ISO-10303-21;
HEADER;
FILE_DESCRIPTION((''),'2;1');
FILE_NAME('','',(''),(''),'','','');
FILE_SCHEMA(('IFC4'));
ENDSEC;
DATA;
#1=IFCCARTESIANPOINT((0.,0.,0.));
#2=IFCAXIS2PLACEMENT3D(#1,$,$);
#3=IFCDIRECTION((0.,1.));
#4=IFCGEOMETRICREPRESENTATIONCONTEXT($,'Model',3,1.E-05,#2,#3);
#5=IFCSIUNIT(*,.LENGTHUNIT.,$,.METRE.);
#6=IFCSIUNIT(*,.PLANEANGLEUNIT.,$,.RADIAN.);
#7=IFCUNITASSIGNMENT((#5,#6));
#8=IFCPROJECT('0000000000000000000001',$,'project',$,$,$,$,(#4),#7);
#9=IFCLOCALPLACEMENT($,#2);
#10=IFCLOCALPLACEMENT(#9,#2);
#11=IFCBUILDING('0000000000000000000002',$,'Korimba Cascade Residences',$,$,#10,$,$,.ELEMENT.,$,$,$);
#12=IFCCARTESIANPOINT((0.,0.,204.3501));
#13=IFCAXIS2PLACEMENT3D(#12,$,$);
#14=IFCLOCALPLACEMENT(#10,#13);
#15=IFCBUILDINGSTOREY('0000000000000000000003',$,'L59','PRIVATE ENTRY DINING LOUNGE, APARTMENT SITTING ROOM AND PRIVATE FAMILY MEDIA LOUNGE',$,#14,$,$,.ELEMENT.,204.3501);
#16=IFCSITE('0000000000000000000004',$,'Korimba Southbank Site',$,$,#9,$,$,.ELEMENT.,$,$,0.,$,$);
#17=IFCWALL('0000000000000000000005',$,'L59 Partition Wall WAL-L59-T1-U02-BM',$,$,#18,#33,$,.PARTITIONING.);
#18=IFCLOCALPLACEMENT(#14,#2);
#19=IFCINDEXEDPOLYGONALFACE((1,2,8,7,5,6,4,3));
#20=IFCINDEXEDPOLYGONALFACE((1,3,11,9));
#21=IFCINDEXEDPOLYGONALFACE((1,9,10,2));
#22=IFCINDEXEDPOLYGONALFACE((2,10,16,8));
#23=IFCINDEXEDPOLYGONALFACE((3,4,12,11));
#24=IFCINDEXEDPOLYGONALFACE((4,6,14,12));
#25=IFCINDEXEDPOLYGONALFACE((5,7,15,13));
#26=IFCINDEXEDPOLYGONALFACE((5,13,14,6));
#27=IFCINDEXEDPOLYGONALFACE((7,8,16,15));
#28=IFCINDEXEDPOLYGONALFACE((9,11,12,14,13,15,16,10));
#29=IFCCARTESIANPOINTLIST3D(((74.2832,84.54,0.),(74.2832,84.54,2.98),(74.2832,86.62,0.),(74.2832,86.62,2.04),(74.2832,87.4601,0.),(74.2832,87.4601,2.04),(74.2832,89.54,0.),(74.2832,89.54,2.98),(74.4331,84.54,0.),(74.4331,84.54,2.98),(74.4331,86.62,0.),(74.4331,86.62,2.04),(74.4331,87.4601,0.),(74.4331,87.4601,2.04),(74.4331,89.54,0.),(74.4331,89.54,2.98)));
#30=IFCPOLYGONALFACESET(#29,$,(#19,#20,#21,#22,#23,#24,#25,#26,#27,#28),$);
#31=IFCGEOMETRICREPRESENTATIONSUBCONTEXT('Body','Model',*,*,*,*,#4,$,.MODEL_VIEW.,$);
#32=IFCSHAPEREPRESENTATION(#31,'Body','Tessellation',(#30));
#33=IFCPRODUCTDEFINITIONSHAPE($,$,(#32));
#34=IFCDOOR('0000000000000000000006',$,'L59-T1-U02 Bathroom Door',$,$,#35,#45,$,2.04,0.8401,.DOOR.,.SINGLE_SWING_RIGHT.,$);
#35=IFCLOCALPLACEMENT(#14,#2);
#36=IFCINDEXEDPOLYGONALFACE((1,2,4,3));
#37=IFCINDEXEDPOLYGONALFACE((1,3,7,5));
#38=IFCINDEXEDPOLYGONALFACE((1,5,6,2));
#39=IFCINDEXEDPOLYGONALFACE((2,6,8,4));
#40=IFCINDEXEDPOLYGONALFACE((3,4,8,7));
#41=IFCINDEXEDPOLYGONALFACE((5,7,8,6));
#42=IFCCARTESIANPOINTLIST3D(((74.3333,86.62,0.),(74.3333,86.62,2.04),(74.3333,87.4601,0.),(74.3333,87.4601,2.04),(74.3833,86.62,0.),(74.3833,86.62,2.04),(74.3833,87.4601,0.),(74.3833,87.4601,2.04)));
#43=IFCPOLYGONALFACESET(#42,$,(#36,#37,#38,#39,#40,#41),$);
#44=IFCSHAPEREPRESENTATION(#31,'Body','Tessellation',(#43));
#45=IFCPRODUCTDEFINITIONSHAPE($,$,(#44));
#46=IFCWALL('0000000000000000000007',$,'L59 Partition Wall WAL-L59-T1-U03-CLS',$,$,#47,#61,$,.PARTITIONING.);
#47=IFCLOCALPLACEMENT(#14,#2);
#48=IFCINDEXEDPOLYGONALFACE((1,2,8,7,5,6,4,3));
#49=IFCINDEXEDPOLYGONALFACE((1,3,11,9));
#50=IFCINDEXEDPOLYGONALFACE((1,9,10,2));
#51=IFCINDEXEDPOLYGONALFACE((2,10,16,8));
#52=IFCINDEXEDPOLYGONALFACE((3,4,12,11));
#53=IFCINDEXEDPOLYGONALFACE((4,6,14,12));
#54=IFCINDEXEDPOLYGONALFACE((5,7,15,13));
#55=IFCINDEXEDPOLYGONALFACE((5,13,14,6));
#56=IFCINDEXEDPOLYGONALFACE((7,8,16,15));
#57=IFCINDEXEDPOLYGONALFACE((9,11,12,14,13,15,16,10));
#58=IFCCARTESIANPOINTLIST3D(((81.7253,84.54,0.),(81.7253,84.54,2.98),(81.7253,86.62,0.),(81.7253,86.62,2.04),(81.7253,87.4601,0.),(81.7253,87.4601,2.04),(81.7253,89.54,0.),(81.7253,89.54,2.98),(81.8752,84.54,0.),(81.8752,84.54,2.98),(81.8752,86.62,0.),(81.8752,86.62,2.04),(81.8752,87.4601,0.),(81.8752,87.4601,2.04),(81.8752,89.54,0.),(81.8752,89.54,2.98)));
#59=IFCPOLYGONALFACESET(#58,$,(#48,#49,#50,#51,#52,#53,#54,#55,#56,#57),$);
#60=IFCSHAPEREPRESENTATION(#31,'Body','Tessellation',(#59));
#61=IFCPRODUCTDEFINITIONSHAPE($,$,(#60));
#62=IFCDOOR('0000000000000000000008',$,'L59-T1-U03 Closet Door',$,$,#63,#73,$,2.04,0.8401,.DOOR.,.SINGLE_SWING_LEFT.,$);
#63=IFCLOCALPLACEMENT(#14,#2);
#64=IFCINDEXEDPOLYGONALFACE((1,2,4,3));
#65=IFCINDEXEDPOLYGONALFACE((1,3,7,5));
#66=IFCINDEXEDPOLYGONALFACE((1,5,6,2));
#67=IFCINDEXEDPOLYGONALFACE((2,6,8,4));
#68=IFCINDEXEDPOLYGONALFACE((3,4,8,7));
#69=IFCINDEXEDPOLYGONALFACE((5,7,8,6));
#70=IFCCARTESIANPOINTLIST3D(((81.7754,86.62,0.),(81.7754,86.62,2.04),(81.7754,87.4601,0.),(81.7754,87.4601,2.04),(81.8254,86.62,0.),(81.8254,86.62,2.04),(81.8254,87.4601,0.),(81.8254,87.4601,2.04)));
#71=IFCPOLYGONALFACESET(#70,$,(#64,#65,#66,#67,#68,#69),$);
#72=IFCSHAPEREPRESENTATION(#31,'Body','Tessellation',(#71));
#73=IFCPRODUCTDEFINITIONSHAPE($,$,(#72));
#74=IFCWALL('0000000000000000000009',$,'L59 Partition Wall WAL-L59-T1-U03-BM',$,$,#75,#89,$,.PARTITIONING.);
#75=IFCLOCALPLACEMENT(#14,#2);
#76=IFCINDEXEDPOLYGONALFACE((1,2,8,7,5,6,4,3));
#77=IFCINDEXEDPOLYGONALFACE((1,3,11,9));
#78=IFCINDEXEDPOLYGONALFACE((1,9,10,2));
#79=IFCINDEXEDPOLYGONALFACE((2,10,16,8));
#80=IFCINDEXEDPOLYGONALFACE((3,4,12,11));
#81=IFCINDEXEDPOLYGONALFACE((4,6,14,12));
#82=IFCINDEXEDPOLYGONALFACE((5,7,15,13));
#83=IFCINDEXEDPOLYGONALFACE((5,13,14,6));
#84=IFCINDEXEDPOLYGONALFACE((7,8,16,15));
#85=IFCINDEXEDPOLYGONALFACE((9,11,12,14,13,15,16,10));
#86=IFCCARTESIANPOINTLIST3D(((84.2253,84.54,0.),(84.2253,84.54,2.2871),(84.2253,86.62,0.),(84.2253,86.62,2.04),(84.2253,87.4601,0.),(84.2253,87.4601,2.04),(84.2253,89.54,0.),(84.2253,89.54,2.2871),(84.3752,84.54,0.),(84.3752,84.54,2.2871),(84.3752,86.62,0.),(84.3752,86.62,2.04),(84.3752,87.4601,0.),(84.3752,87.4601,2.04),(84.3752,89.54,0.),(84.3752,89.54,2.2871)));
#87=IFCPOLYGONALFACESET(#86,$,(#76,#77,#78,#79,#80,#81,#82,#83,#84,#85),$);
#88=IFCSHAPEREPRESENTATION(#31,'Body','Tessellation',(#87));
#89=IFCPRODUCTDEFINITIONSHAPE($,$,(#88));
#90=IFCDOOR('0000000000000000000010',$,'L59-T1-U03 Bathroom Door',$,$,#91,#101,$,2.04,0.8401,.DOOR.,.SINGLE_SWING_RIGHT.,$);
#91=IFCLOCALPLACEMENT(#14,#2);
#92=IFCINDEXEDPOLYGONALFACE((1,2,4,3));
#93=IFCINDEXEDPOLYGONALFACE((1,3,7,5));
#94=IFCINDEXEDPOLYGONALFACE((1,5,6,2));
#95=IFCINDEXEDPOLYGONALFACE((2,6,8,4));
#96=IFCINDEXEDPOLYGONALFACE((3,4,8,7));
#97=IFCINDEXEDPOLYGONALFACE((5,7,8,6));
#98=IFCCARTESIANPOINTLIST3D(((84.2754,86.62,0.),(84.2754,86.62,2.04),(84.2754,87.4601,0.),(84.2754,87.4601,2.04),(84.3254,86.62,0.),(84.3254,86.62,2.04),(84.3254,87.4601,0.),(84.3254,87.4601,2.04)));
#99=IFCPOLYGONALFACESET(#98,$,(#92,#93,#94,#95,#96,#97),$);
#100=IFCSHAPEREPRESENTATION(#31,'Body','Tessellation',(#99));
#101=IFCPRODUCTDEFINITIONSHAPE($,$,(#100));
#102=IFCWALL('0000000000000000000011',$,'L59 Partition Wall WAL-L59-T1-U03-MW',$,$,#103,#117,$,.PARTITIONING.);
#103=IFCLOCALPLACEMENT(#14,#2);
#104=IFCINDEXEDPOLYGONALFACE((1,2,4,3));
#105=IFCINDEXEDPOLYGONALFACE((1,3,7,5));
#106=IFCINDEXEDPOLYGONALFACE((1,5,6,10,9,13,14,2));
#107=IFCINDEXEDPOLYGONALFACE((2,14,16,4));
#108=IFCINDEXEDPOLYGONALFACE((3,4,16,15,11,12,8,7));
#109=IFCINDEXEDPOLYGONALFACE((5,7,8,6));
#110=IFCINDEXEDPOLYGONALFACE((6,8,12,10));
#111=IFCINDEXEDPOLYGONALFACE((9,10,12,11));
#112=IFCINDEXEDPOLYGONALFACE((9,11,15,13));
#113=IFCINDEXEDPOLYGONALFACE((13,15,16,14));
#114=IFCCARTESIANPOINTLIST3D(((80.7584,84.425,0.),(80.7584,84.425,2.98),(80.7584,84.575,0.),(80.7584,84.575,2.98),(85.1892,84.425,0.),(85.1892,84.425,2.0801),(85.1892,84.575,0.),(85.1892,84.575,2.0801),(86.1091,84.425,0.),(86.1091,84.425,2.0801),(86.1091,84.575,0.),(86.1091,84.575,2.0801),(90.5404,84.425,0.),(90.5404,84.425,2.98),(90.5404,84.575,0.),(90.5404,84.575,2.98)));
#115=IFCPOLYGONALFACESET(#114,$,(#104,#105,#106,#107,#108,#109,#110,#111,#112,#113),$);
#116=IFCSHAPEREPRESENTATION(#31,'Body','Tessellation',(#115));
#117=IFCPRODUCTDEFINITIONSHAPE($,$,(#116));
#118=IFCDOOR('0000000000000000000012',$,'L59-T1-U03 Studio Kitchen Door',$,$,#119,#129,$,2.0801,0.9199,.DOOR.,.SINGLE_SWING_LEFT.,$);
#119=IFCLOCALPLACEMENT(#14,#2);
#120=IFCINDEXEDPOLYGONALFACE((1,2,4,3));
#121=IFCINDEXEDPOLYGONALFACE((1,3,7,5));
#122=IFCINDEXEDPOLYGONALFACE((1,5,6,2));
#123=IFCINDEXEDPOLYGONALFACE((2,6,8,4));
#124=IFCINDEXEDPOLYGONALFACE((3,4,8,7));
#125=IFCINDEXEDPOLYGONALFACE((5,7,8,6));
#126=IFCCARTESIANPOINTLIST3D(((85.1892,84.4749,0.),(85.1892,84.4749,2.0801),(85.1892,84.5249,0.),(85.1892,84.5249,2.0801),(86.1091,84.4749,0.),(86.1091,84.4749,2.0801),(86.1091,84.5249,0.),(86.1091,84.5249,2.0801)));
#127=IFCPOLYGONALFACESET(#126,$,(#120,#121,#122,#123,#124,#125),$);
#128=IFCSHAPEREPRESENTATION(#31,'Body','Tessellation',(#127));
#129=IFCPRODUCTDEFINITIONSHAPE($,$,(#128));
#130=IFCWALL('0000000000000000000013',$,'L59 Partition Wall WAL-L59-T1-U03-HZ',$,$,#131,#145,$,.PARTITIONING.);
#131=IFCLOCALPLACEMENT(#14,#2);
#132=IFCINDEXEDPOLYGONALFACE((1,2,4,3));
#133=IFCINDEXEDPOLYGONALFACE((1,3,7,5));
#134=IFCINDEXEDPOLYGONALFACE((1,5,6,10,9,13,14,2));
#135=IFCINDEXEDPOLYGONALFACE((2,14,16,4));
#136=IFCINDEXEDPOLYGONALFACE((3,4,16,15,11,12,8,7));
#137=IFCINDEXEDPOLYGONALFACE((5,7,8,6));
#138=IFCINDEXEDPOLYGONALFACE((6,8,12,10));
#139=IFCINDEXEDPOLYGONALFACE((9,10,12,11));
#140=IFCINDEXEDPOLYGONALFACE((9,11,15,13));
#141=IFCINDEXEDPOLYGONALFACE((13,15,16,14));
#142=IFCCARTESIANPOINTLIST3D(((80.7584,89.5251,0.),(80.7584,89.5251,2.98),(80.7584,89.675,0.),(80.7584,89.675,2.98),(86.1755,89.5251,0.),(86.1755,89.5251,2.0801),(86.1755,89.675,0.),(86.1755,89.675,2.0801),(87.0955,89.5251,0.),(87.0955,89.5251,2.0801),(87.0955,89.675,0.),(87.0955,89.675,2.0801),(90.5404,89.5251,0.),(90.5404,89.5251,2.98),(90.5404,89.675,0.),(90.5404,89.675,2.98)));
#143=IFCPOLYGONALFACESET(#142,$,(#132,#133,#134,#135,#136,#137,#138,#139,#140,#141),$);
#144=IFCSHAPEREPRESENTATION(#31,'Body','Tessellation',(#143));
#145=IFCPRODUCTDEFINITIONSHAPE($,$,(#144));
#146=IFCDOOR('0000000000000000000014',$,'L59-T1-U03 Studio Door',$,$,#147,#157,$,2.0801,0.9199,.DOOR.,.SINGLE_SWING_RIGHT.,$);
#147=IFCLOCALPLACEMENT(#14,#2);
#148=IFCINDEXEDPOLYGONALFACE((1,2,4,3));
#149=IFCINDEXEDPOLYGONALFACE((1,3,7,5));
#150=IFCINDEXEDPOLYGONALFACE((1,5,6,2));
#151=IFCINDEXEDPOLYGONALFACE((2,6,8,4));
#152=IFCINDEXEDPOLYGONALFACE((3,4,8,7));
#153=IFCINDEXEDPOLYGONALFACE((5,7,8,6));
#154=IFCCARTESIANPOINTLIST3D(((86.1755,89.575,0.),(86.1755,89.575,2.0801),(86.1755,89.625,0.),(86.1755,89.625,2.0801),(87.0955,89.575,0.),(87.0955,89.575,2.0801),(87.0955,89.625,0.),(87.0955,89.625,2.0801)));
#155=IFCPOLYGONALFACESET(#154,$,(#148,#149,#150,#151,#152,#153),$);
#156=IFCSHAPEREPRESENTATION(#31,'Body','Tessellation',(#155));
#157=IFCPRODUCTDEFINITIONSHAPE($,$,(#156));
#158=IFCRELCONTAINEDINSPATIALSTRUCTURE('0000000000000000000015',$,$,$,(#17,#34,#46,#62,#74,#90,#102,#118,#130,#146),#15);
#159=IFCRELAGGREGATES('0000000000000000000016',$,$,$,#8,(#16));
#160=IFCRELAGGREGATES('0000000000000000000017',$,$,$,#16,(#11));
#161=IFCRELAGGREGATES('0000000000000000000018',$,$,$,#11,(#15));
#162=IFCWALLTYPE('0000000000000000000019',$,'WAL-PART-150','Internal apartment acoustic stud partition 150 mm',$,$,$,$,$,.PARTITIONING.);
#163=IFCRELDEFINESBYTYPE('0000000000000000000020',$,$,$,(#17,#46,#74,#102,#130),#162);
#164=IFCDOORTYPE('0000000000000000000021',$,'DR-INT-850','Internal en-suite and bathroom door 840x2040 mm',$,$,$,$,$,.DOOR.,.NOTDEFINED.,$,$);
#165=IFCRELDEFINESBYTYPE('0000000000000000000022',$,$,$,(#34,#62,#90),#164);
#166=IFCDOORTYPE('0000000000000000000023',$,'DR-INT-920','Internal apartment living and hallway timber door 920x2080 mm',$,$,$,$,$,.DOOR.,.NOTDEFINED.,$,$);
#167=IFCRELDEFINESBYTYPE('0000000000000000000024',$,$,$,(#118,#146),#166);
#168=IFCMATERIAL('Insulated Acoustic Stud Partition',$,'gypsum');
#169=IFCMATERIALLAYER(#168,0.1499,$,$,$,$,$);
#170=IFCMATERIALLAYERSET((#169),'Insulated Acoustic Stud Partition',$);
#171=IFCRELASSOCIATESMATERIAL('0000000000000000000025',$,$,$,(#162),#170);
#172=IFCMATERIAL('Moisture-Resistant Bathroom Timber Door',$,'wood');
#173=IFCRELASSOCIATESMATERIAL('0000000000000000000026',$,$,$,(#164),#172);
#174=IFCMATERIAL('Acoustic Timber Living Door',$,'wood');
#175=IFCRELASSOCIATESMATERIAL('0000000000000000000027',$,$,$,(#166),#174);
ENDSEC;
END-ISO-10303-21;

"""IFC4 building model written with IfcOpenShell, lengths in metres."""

from ifc_helpers import new_model, si_unit, direction, frame, frame_2d, origin, place, context, subcontext, project, spatial, rectangle, extrude, material, layer, layer_set, type_object, element, fill, save


model = new_model("IFC4")

# Units and contexts
model_context = context("Model", 3, precision=1e-05, world=origin(), true_north=direction((0.0, 1.0)))
body_context = subcontext(model_context, "Body", "Model", "MODEL_VIEW")
ifc_project = project(units=[si_unit("LENGTHUNIT", "METRE"), si_unit("PLANEANGLEUNIT", "RADIAN")], contexts=[model_context])

# Site, building, storey
site_placement = place(None, origin())
site = spatial("IfcSite", under=ifc_project, at=site_placement, Name="Korimba Southbank Site", CompositionType="ELEMENT", RefElevation=0.0)
building_placement = place(site_placement, origin())
building = spatial("IfcBuilding", under=site, at=building_placement, Name="Korimba Cascade Residences", CompositionType="ELEMENT")
storey_placement = place(building_placement, frame((0.0, 0.0, 204.3501)))
storey = spatial("IfcBuildingStorey", under=building, at=storey_placement, Name="L59", Description="PRIVATE ENTRY DINING LOUNGE, APARTMENT SITTING ROOM AND PRIVATE FAMILY MEDIA LOUNGE", CompositionType="ELEMENT", Elevation=204.3501)

# Walls, openings, doors
ifc_material_1 = material(Name="Insulated Acoustic Stud Partition", Category="gypsum")
ifc_layer = layer(ifc_material_1, 0.1499)
ifc_layer_set = layer_set([ifc_layer], Name="Insulated Acoustic Stud Partition")
wall_type = type_object("IfcWallType", Name="WAL-PART-150", Description="Internal apartment acoustic stud partition 150 mm", PredefinedType="PARTITIONING", material=ifc_layer_set)
wall_1_placement = place(storey_placement, frame((74.3582, 84.54, 0.0), z_axis=(0.0, 0.0, 1.0), x_axis=(0.0, 1.0, 0.0)))
wall_1 = element("IfcWall", 1, at=wall_1_placement, inside=storey, type_object=wall_type, Name="L59 Partition Wall WAL-L59-T1-U02-BM", PredefinedType="PARTITIONING", context=body_context, shape_type="SweptSolid", body=[
    extrude(rectangle(XDim=5.0, YDim=0.1499, at=frame_2d((2.5, 0.0))), origin(), (0.0, 0.0, 1.0), 2.98),
])
opening_1_placement = place(wall_1_placement, frame((2.0801, 0.0, 0.0)))
opening_1 = element("IfcOpeningElement", 2, at=opening_1_placement, cuts=wall_1, PredefinedType="OPENING", context=body_context, shape_type="SweptSolid", body=[
    extrude(rectangle(XDim=0.8401, YDim=2.04, at=frame_2d((0.4199, 1.02))), frame((0.0, 0.085, 0.0), z_axis=(0.0, -1.0, 0.0), x_axis=(1.0, 0.0, 0.0)), (0.0, 0.0, 1.0), 0.1699),
])
ifc_material_2 = material(Name="Moisture-Resistant Bathroom Timber Door", Category="wood")
door_type_1 = type_object("IfcDoorType", Name="DR-INT-850", Description="Internal en-suite and bathroom door 840x2040 mm", OperationType="NOTDEFINED", PredefinedType="DOOR", material=ifc_material_2)
door_1_placement = place(opening_1_placement, origin())
door_1 = element("IfcDoor", 3, at=door_1_placement, inside=storey, type_object=door_type_1, Name="L59-T1-U02 Bathroom Door", OperationType="SINGLE_SWING_RIGHT", OverallHeight=2.04, OverallWidth=0.8401, PredefinedType="DOOR", context=body_context, shape_type="SweptSolid", body=[
    extrude(rectangle(XDim=0.8401, YDim=2.04, at=frame_2d((0.4199, 1.02))), frame((0.0, 0.0249, 0.0), z_axis=(0.0, -1.0, 0.0), x_axis=(1.0, 0.0, 0.0)), (0.0, 0.0, 1.0), 0.05),
])
fill(opening_1, door_1)
wall_2_placement = place(storey_placement, frame((81.8003, 84.54, 0.0), z_axis=(0.0, 0.0, 1.0), x_axis=(0.0, 1.0, 0.0)))
wall_2 = element("IfcWall", 4, at=wall_2_placement, inside=storey, type_object=wall_type, Name="L59 Partition Wall WAL-L59-T1-U03-CLS", PredefinedType="PARTITIONING", context=body_context, shape_type="SweptSolid", body=[
    extrude(rectangle(XDim=5.0, YDim=0.1499, at=frame_2d((2.5, 0.0))), origin(), (0.0, 0.0, 1.0), 2.98),
])
opening_2_placement = place(wall_2_placement, frame((2.0801, 0.0, 0.0)))
opening_2 = element("IfcOpeningElement", 5, at=opening_2_placement, cuts=wall_2, PredefinedType="OPENING", context=body_context, shape_type="SweptSolid", body=[
    extrude(rectangle(XDim=0.8401, YDim=2.04, at=frame_2d((0.4199, 1.02))), frame((0.0, 0.085, 0.0), z_axis=(0.0, -1.0, 0.0), x_axis=(1.0, 0.0, 0.0)), (0.0, 0.0, 1.0), 0.1699),
])
door_2_placement = place(opening_2_placement, origin())
door_2 = element("IfcDoor", 6, at=door_2_placement, inside=storey, type_object=door_type_1, Name="L59-T1-U03 Closet Door", OperationType="SINGLE_SWING_LEFT", OverallHeight=2.04, OverallWidth=0.8401, PredefinedType="DOOR", context=body_context, shape_type="SweptSolid", body=[
    extrude(rectangle(XDim=0.8401, YDim=2.04, at=frame_2d((0.4199, 1.02))), frame((0.0, 0.0249, 0.0), z_axis=(0.0, -1.0, 0.0), x_axis=(1.0, 0.0, 0.0)), (0.0, 0.0, 1.0), 0.05),
])
fill(opening_2, door_2)
wall_3_placement = place(storey_placement, frame((84.3003, 84.54, 0.0), z_axis=(0.0, 0.0, 1.0), x_axis=(0.0, 1.0, 0.0)))
wall_3 = element("IfcWall", 7, at=wall_3_placement, inside=storey, type_object=wall_type, Name="L59 Partition Wall WAL-L59-T1-U03-BM", PredefinedType="PARTITIONING", context=body_context, shape_type="SweptSolid", body=[
    extrude(rectangle(XDim=5.0, YDim=0.1499, at=frame_2d((2.5, 0.0))), origin(), (0.0, 0.0, 1.0), 2.2871),
])
opening_3_placement = place(wall_3_placement, frame((2.0801, 0.0, 0.0)))
opening_3 = element("IfcOpeningElement", 8, at=opening_3_placement, cuts=wall_3, PredefinedType="OPENING", context=body_context, shape_type="SweptSolid", body=[
    extrude(rectangle(XDim=0.8401, YDim=2.04, at=frame_2d((0.4199, 1.02))), frame((0.0, 0.085, 0.0), z_axis=(0.0, -1.0, 0.0), x_axis=(1.0, 0.0, 0.0)), (0.0, 0.0, 1.0), 0.1699),
])
door_3_placement = place(opening_3_placement, origin())
door_3 = element("IfcDoor", 9, at=door_3_placement, inside=storey, type_object=door_type_1, Name="L59-T1-U03 Bathroom Door", OperationType="SINGLE_SWING_RIGHT", OverallHeight=2.04, OverallWidth=0.8401, PredefinedType="DOOR", context=body_context, shape_type="SweptSolid", body=[
    extrude(rectangle(XDim=0.8401, YDim=2.04, at=frame_2d((0.4199, 1.02))), frame((0.0, 0.0249, 0.0), z_axis=(0.0, -1.0, 0.0), x_axis=(1.0, 0.0, 0.0)), (0.0, 0.0, 1.0), 0.05),
])
fill(opening_3, door_3)
wall_4_placement = place(storey_placement, frame((80.7583, 84.5, 0.0), z_axis=(0.0, 0.0, 1.0), x_axis=(1.0, 0.0, 0.0)))
wall_4 = element("IfcWall", 10, at=wall_4_placement, inside=storey, type_object=wall_type, Name="L59 Partition Wall WAL-L59-T1-U03-MW", PredefinedType="PARTITIONING", context=body_context, shape_type="SweptSolid", body=[
    extrude(rectangle(XDim=9.782, YDim=0.1499, at=frame_2d((4.8911, 0.0))), origin(), (0.0, 0.0, 1.0), 2.98),
])
opening_4_placement = place(wall_4_placement, frame((4.4309, 0.0, 0.0)))
opening_4 = element("IfcOpeningElement", 11, at=opening_4_placement, cuts=wall_4, PredefinedType="OPENING", context=body_context, shape_type="SweptSolid", body=[
    extrude(rectangle(XDim=0.9199, YDim=2.0801, at=frame_2d((0.46, 1.04))), frame((0.0, 0.085, 0.0), z_axis=(0.0, -1.0, 0.0), x_axis=(1.0, 0.0, 0.0)), (0.0, 0.0, 1.0), 0.1699),
])
ifc_material_3 = material(Name="Acoustic Timber Living Door", Category="wood")
door_type_2 = type_object("IfcDoorType", Name="DR-INT-920", Description="Internal apartment living and hallway timber door 920x2080 mm", OperationType="NOTDEFINED", PredefinedType="DOOR", material=ifc_material_3)
door_4_placement = place(opening_4_placement, origin())
door_4 = element("IfcDoor", 12, at=door_4_placement, inside=storey, type_object=door_type_2, Name="L59-T1-U03 Studio Kitchen Door", OperationType="SINGLE_SWING_LEFT", OverallHeight=2.0801, OverallWidth=0.9199, PredefinedType="DOOR", context=body_context, shape_type="SweptSolid", body=[
    extrude(rectangle(XDim=0.9199, YDim=2.0801, at=frame_2d((0.46, 1.04))), frame((0.0, 0.0249, 0.0), z_axis=(0.0, -1.0, 0.0), x_axis=(1.0, 0.0, 0.0)), (0.0, 0.0, 1.0), 0.05),
])
fill(opening_4, door_4)
wall_5_placement = place(storey_placement, frame((80.7583, 89.6001, 0.0), z_axis=(0.0, 0.0, 1.0), x_axis=(1.0, 0.0, 0.0)))
wall_5 = element("IfcWall", 13, at=wall_5_placement, inside=storey, type_object=wall_type, Name="L59 Partition Wall WAL-L59-T1-U03-HZ", PredefinedType="PARTITIONING", context=body_context, shape_type="SweptSolid", body=[
    extrude(rectangle(XDim=9.782, YDim=0.1499, at=frame_2d((4.8911, 0.0))), origin(), (0.0, 0.0, 1.0), 2.98),
])
opening_5_placement = place(wall_5_placement, frame((5.4172, 0.0, 0.0)))
opening_5 = element("IfcOpeningElement", 14, at=opening_5_placement, cuts=wall_5, PredefinedType="OPENING", context=body_context, shape_type="SweptSolid", body=[
    extrude(rectangle(XDim=0.9199, YDim=2.0801, at=frame_2d((0.46, 1.04))), frame((0.0, 0.085, 0.0), z_axis=(0.0, -1.0, 0.0), x_axis=(1.0, 0.0, 0.0)), (0.0, 0.0, 1.0), 0.1699),
])
door_5_placement = place(opening_5_placement, origin())
door_5 = element("IfcDoor", 15, at=door_5_placement, inside=storey, type_object=door_type_2, Name="L59-T1-U03 Studio Door", OperationType="SINGLE_SWING_RIGHT", OverallHeight=2.0801, OverallWidth=0.9199, PredefinedType="DOOR", context=body_context, shape_type="SweptSolid", body=[
    extrude(rectangle(XDim=0.9199, YDim=2.0801, at=frame_2d((0.46, 1.04))), frame((0.0, 0.0249, 0.0), z_axis=(0.0, -1.0, 0.0), x_axis=(1.0, 0.0, 0.0)), (0.0, 0.0, 1.0), 0.05),
])
fill(opening_5, door_5)

save(model, "model.ifc")
